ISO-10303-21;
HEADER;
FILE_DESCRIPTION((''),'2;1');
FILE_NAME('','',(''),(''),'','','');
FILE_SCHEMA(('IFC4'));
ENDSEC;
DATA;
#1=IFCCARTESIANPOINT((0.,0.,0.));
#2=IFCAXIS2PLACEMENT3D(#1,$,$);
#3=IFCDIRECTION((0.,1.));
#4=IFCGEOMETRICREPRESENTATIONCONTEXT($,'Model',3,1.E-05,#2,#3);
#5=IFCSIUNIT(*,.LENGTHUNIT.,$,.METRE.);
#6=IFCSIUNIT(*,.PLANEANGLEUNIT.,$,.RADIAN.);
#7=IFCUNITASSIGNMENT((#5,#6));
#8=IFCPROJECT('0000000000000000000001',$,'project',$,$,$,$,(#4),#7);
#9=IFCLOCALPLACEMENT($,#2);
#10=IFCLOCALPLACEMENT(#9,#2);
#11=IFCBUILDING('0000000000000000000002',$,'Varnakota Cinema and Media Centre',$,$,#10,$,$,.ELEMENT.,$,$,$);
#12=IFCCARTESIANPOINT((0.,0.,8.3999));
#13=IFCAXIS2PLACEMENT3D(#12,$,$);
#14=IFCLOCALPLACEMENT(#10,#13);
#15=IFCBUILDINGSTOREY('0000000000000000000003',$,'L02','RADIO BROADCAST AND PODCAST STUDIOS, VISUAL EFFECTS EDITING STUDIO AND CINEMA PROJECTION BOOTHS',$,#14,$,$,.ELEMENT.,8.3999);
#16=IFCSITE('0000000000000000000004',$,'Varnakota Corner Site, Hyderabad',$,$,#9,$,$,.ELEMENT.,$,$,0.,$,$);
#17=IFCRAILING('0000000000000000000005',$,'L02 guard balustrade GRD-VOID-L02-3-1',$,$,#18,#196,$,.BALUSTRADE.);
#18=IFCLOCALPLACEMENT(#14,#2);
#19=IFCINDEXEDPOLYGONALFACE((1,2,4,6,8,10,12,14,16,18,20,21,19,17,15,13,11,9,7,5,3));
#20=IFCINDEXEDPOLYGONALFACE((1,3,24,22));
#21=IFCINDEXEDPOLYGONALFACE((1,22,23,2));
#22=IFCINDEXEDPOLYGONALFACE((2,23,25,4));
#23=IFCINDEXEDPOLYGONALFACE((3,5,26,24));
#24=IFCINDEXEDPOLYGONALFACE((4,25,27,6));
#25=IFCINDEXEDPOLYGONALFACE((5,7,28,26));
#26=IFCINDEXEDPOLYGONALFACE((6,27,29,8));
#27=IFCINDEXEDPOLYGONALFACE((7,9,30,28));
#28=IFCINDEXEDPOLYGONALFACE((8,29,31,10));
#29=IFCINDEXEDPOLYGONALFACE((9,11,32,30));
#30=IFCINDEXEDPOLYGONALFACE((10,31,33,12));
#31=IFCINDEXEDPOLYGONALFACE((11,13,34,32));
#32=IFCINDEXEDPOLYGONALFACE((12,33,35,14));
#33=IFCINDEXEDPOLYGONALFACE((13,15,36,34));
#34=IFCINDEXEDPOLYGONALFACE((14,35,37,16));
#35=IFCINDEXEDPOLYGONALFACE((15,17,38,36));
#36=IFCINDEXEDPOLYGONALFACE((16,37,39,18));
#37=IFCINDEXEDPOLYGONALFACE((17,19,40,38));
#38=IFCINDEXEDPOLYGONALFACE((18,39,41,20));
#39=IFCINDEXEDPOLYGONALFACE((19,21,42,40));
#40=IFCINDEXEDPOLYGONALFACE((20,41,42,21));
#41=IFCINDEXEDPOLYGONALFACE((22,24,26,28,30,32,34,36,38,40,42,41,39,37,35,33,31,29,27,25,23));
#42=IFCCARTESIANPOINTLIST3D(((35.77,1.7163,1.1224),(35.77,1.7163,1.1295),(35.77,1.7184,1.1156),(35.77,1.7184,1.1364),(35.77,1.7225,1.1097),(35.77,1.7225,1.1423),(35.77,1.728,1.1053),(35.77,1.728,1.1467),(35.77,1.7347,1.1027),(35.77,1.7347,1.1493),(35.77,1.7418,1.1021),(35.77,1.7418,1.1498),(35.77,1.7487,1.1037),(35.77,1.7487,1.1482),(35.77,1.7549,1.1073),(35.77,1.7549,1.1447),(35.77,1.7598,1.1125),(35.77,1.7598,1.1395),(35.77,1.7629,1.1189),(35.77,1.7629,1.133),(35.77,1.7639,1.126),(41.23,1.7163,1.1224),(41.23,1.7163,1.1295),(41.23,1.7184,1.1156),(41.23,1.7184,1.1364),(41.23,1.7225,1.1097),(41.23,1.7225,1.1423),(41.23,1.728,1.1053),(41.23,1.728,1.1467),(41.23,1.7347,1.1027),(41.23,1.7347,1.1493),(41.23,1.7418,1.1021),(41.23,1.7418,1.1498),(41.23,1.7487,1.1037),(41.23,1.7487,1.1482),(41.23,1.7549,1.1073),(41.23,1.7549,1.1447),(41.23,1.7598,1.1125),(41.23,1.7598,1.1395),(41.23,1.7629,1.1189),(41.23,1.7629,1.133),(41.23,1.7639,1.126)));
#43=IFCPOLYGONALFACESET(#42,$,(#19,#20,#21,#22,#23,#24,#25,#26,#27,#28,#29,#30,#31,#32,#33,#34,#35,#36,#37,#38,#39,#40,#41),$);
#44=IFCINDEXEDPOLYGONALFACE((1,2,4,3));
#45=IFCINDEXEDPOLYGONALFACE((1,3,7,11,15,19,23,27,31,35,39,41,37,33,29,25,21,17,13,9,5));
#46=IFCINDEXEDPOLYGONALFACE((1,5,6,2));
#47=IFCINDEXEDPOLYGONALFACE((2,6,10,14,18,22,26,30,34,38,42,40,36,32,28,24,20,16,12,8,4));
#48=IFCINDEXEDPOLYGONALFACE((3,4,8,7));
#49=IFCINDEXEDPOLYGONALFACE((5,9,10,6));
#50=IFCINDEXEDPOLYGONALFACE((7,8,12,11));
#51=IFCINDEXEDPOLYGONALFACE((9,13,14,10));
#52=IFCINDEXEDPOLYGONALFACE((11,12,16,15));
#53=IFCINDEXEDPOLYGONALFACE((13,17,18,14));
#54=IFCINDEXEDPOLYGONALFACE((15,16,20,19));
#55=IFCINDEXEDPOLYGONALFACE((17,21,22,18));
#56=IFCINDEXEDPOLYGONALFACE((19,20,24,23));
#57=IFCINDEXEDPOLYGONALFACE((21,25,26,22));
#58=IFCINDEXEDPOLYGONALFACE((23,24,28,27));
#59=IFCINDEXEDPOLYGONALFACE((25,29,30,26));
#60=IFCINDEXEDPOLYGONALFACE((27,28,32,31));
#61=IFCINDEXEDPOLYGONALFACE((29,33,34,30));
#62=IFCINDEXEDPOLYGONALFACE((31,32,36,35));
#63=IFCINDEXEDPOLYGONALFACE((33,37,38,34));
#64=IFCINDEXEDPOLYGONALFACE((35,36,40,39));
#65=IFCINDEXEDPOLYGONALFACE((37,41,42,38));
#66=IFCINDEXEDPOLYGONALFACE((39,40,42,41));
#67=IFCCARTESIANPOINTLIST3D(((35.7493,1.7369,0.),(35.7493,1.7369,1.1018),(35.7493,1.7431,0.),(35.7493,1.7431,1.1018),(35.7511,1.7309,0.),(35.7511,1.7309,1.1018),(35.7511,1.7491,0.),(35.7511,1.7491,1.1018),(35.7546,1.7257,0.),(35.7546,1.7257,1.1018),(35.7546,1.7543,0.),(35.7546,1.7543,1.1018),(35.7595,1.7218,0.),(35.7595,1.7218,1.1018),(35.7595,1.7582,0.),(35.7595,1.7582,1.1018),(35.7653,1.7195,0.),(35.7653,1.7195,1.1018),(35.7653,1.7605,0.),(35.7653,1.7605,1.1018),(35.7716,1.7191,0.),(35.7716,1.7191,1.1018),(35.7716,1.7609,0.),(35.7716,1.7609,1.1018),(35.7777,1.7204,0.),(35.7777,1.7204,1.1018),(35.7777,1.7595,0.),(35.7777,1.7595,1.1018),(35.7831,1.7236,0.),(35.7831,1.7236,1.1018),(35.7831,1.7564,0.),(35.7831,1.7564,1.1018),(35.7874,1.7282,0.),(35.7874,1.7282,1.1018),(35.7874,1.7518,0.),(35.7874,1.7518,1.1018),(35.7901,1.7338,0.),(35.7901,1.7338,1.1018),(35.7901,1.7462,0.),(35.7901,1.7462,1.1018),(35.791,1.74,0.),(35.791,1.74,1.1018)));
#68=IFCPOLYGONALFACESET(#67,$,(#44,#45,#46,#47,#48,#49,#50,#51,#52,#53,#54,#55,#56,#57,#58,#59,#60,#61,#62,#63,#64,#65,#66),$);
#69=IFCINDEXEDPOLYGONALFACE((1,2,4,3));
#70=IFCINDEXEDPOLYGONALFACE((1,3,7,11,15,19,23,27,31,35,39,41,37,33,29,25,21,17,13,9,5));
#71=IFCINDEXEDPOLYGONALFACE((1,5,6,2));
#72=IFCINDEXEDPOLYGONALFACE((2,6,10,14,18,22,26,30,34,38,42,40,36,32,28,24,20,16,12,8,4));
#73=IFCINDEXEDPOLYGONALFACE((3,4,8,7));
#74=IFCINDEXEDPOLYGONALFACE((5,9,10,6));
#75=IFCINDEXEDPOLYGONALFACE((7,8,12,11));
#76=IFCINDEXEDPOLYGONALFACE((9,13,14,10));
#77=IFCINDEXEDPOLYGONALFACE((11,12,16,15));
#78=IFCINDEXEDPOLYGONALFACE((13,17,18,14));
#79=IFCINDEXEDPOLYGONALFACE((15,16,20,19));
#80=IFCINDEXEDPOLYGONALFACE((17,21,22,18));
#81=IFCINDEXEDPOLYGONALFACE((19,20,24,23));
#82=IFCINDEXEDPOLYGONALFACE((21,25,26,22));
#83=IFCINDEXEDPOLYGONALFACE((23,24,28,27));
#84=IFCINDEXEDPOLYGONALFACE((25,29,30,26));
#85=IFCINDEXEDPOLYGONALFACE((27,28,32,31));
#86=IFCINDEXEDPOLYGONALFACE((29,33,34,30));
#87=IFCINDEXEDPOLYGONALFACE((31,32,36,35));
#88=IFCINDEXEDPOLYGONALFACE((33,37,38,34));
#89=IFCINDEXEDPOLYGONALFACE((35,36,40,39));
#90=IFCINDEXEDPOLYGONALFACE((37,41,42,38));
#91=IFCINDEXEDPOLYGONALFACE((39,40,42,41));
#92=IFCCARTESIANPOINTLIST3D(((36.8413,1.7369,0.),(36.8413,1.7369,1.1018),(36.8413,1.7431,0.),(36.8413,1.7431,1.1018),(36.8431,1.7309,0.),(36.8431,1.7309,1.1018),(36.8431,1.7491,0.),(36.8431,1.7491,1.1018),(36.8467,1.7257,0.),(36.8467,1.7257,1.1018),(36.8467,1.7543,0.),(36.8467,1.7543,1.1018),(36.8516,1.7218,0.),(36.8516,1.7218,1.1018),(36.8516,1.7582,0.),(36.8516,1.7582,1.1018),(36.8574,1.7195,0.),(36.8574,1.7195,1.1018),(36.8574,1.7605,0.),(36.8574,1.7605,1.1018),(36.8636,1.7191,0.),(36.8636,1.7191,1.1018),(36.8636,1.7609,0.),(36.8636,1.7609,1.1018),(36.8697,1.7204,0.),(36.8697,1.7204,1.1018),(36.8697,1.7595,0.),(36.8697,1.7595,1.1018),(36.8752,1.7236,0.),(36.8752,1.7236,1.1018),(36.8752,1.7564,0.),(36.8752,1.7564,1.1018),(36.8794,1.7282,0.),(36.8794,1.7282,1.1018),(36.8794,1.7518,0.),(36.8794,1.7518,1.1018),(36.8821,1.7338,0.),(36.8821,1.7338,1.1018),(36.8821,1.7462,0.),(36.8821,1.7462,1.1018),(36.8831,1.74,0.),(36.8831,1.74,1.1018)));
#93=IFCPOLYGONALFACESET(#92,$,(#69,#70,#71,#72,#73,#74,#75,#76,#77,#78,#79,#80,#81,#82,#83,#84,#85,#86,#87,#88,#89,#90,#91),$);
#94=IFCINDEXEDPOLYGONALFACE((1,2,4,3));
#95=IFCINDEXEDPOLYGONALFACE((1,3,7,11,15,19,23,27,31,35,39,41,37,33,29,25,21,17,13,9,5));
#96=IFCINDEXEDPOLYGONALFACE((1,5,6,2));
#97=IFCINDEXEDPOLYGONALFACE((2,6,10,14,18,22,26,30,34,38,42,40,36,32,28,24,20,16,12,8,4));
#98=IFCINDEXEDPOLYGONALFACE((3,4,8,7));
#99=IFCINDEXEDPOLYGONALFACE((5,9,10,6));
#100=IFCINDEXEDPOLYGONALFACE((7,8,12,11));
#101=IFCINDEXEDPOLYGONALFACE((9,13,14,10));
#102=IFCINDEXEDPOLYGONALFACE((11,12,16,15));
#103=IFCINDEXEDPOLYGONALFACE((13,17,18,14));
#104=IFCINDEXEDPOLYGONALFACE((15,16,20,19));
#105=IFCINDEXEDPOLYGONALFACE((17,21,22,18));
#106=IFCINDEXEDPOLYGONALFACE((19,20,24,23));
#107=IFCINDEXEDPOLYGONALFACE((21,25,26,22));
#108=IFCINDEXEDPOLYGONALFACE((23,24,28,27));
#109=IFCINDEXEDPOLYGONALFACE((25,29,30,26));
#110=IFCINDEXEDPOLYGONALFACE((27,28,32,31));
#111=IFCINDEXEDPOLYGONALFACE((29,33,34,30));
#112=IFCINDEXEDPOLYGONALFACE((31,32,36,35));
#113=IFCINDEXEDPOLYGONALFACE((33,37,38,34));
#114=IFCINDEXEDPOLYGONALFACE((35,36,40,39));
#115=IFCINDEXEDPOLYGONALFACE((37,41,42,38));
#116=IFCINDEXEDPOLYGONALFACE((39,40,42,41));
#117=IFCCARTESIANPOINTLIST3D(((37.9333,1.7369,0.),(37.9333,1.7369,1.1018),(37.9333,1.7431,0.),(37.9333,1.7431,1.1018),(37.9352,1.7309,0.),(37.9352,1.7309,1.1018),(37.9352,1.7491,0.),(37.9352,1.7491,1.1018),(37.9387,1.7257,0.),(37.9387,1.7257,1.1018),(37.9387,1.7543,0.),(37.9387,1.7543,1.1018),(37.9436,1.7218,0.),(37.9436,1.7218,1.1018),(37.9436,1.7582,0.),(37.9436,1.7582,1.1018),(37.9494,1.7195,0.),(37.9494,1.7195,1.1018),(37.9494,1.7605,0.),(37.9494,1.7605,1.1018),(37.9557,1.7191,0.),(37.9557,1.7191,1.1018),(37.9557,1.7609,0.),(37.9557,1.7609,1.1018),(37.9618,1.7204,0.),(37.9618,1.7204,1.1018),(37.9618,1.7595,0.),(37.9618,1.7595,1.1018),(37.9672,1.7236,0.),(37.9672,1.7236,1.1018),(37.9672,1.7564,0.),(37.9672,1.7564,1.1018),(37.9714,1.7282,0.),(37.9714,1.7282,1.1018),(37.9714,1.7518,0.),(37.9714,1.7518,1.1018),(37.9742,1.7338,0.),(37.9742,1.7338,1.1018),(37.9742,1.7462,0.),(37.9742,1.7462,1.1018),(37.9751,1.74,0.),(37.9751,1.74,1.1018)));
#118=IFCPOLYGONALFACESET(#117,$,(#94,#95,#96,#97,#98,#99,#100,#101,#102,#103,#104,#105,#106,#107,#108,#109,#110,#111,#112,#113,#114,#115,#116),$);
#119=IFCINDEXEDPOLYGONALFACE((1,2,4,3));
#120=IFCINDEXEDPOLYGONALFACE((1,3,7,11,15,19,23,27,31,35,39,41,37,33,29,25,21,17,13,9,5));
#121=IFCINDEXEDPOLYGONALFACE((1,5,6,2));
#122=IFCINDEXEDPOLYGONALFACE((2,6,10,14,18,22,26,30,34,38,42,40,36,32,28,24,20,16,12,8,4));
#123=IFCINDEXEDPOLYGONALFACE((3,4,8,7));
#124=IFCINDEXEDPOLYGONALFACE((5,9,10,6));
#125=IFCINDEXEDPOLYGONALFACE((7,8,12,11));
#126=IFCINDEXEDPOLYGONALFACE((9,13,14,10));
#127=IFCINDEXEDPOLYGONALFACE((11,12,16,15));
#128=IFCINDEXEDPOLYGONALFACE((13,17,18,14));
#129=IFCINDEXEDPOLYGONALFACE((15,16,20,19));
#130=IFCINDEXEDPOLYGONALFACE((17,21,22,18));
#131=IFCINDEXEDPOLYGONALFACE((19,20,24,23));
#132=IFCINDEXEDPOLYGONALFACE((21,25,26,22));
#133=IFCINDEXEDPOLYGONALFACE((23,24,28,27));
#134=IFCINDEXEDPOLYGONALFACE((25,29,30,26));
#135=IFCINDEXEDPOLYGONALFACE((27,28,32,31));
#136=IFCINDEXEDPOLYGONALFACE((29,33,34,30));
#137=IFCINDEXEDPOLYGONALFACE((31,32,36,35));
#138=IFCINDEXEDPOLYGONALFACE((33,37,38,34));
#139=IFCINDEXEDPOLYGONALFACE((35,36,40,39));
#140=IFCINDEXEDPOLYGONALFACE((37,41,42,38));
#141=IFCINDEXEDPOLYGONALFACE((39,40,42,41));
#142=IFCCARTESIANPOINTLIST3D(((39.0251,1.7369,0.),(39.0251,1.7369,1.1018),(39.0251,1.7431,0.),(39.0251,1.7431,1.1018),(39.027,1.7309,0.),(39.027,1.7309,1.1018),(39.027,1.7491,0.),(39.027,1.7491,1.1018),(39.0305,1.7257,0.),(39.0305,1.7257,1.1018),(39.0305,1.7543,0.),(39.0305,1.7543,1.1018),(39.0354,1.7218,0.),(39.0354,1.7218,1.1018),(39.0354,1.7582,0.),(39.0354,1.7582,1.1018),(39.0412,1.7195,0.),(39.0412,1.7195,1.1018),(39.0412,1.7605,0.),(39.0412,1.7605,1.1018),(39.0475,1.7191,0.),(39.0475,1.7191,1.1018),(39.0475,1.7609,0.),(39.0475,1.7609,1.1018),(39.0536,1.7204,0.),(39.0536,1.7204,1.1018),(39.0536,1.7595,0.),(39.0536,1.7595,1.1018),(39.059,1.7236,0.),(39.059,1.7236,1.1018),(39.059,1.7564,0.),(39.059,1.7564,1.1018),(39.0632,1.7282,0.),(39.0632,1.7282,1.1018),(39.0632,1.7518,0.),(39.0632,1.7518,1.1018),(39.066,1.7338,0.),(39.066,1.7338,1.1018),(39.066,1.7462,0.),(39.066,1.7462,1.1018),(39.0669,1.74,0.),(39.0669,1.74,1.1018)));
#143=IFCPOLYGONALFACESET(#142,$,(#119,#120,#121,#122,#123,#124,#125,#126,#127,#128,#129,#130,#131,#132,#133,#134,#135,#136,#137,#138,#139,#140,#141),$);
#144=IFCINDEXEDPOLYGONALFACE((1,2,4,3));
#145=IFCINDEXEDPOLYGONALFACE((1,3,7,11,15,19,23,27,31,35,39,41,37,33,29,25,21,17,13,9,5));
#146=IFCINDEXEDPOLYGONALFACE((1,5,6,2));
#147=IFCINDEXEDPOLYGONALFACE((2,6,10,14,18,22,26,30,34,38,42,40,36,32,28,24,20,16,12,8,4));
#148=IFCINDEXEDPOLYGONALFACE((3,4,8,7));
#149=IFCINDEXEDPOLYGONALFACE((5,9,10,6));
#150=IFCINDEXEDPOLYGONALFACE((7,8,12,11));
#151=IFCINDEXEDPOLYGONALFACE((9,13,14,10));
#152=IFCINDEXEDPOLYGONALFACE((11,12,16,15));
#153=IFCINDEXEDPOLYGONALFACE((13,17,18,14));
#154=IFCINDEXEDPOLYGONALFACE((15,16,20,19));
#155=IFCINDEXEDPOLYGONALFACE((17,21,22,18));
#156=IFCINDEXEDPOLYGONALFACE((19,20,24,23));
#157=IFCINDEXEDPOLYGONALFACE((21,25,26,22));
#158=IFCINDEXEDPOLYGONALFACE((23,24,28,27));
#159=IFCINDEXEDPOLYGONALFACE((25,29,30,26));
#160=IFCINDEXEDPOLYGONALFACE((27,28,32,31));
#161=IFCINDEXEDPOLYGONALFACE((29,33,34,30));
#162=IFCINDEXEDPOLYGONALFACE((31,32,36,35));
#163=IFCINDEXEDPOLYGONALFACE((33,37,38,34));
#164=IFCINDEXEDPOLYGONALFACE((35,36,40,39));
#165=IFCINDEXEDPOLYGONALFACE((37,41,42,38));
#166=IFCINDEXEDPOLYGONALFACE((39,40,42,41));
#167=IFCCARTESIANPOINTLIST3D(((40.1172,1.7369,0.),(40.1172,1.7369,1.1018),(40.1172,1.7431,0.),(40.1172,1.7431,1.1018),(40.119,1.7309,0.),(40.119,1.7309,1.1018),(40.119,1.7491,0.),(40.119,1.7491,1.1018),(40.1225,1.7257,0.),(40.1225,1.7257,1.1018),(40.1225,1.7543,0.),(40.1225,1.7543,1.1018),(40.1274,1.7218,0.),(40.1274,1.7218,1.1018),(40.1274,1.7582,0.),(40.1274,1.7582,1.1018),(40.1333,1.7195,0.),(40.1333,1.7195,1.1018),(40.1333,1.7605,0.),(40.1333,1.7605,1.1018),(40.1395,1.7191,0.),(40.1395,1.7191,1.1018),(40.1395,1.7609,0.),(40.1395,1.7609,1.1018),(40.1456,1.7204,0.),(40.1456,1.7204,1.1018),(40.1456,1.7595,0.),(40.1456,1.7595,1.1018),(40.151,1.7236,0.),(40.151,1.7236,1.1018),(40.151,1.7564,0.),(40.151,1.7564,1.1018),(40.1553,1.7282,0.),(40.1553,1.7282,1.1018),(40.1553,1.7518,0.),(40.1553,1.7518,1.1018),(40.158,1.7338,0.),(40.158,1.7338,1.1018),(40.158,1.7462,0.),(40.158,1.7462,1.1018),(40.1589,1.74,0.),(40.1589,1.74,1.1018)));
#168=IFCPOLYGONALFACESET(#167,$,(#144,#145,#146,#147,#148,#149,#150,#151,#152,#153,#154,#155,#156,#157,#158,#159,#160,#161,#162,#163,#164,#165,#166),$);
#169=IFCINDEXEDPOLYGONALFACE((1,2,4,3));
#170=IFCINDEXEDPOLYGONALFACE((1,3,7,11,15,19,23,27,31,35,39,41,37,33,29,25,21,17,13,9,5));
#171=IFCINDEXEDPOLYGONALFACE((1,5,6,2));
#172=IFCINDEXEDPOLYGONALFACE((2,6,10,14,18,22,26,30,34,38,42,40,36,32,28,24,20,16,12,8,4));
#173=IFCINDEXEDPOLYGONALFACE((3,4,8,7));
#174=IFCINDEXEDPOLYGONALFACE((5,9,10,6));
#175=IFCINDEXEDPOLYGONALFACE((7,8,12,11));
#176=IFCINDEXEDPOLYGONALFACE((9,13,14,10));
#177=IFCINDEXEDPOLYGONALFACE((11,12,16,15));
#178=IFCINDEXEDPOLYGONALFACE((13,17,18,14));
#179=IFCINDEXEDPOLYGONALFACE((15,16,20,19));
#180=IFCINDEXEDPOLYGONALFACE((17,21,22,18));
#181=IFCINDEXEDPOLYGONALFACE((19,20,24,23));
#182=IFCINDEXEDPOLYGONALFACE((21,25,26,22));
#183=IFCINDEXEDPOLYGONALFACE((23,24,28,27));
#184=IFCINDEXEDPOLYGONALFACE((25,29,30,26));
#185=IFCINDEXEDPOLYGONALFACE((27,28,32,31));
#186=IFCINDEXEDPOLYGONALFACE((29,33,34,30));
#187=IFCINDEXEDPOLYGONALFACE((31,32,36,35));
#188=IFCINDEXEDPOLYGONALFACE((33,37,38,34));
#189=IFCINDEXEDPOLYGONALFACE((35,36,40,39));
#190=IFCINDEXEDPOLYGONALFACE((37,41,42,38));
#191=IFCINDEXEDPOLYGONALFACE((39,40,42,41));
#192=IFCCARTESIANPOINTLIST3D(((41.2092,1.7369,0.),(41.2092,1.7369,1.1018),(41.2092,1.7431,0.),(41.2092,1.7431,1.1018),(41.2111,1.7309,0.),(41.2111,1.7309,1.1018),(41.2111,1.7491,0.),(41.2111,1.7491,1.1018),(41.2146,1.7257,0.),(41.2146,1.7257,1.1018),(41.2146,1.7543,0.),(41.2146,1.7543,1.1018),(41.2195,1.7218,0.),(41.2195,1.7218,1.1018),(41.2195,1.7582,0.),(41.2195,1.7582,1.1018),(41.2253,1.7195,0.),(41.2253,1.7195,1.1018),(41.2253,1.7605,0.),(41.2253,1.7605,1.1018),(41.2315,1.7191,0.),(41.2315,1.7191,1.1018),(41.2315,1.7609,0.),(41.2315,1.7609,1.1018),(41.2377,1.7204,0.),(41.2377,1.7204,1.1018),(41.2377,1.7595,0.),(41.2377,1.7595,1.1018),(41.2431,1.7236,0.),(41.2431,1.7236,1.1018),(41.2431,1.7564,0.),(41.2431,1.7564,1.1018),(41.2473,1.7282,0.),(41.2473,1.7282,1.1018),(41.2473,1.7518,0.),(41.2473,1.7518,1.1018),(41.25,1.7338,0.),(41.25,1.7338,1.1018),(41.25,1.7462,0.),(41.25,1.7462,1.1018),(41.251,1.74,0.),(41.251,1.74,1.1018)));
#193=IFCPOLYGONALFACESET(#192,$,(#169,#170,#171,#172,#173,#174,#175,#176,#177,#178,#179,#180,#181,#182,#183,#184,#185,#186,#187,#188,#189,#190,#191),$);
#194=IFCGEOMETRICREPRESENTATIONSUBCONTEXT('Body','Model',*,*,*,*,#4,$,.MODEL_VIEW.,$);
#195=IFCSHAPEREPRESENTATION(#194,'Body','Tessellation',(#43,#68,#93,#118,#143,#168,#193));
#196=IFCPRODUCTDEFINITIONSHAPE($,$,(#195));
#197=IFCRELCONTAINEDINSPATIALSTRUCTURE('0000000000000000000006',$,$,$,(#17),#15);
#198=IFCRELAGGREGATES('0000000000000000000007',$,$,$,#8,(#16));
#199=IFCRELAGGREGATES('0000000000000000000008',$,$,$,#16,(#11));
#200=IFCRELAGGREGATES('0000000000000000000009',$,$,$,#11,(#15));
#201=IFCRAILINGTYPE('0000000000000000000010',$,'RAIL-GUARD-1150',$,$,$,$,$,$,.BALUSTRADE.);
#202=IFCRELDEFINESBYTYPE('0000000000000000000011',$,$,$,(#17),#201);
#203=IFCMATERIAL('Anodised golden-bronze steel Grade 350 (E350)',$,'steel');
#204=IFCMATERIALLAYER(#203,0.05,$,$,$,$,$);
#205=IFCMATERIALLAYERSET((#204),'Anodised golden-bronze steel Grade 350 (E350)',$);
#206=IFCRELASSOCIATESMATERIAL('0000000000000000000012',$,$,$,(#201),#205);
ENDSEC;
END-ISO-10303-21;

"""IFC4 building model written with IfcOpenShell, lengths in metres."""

from ifc_helpers import new_model, si_unit, direction, frame, origin, origin_2d, place, context, subcontext, project, spatial, circle, extrude, material, layer, layer_set, type_object, element, save


model = new_model("IFC4")

# Units and contexts
model_context = context("Model", 3, precision=1e-05, world=origin(), true_north=direction((0.0, 1.0)))
body_context = subcontext(model_context, "Body", "Model", "MODEL_VIEW")
ifc_project = project(units=[si_unit("LENGTHUNIT", "METRE"), si_unit("PLANEANGLEUNIT", "RADIAN")], contexts=[model_context])

# Site, building, storey
site_placement = place(None, origin())
site = spatial("IfcSite", under=ifc_project, at=site_placement, Name="Varnakota Corner Site, Hyderabad", CompositionType="ELEMENT", RefElevation=0.0)
building_placement = place(site_placement, origin())
building = spatial("IfcBuilding", under=site, at=building_placement, Name="Varnakota Cinema and Media Centre", CompositionType="ELEMENT")
storey_placement = place(building_placement, frame((0.0, 0.0, 8.3999)))
storey = spatial("IfcBuildingStorey", under=building, at=storey_placement, Name="L02", Description="RADIO BROADCAST AND PODCAST STUDIOS, VISUAL EFFECTS EDITING STUDIO AND CINEMA PROJECTION BOOTHS", CompositionType="ELEMENT", Elevation=8.3999)

# Railing
ifc_material_1 = material(Name="Anodised golden-bronze steel Grade 350 (E350)", Category="steel")
ifc_layer_1 = layer(ifc_material_1, 0.05)
ifc_layer_set_1 = layer_set([ifc_layer_1], Name="Anodised golden-bronze steel Grade 350 (E350)")
railing_type = type_object("IfcRailingType", Name="RAIL-GUARD-1150", PredefinedType="BALUSTRADE", material=ifc_layer_set_1)
railing_1_placement = place(storey_placement, frame((35.77, 1.74, 0.0)))
element("IfcRailing", 1, at=railing_1_placement, inside=storey, type_object=railing_type, Name="L02 guard balustrade GRD-VOID-L02-3-1", PredefinedType="BALUSTRADE", context=body_context, shape_type="SweptSolid", body=[
    extrude(circle(Radius=0.0239, at=origin_2d()), frame((0.0, 0.0, 1.126), z_axis=(1.0, 0.0, 0.0), x_axis=(0.0, 1.0, 0.0)), (0.0, 0.0, 1.0), 5.46),
    extrude(circle(Radius=0.021, at=origin_2d()), origin(), (0.0, 0.0, 1.0), 1.1018),
    extrude(circle(Radius=0.021, at=origin_2d()), frame((1.092, 0.0, 0.0)), (0.0, 0.0, 1.0), 1.1018),
    extrude(circle(Radius=0.021, at=origin_2d()), frame((2.1841, 0.0, 0.0)), (0.0, 0.0, 1.0), 1.1018),
    extrude(circle(Radius=0.021, at=origin_2d()), frame((3.2759, 0.0, 0.0)), (0.0, 0.0, 1.0), 1.1018),
    extrude(circle(Radius=0.021, at=origin_2d()), frame((4.3679, 0.0, 0.0)), (0.0, 0.0, 1.0), 1.1018),
    extrude(circle(Radius=0.021, at=origin_2d()), frame((5.46, 0.0, 0.0)), (0.0, 0.0, 1.0), 1.1018),
])

save(model, "model.ifc")
